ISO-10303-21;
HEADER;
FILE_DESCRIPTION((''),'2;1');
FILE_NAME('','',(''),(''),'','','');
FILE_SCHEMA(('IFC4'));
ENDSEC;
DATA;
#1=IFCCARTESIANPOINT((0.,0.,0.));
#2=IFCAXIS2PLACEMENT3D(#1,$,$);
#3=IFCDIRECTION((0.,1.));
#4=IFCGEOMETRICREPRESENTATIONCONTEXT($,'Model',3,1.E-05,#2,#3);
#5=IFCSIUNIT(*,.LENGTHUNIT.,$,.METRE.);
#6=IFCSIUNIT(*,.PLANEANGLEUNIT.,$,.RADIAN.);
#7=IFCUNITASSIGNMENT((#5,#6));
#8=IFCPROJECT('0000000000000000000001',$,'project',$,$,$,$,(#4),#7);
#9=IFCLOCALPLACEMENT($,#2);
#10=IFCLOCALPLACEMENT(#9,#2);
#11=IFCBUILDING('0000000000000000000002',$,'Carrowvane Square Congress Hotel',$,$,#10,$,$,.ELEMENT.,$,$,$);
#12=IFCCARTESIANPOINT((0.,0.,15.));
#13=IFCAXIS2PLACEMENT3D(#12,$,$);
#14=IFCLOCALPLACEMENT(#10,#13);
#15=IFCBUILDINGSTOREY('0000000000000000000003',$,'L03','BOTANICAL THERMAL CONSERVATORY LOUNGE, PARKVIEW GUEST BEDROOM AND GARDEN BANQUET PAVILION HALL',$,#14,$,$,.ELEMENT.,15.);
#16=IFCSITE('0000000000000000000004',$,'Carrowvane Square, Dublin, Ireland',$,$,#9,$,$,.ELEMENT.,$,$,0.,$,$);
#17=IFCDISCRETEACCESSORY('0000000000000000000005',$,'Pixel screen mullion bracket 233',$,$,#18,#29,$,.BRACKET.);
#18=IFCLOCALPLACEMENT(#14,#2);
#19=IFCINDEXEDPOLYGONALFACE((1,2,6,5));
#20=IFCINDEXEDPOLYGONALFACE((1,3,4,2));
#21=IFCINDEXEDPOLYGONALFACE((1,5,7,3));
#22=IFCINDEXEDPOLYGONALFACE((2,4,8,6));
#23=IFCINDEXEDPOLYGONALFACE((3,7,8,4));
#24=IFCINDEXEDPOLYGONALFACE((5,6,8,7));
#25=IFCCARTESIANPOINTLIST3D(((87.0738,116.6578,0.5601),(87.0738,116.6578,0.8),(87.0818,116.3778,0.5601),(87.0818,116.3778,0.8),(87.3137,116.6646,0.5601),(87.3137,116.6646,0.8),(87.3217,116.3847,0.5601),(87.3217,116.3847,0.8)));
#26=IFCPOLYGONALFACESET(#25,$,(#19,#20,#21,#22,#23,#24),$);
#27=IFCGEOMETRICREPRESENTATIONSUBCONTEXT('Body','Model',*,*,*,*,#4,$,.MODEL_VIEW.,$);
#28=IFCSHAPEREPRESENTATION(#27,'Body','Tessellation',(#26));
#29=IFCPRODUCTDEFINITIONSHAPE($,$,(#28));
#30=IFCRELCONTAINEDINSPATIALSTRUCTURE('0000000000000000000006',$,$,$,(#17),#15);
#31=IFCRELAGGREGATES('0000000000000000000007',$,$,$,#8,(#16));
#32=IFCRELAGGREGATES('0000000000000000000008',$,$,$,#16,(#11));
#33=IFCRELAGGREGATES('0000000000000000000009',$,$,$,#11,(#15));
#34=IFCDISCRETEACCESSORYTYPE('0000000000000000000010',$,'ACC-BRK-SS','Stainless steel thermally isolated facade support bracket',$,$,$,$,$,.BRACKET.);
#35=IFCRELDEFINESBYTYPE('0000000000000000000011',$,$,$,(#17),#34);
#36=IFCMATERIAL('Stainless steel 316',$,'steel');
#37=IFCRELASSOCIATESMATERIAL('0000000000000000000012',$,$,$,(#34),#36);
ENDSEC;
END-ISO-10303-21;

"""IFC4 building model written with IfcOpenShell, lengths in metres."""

from ifc_helpers import new_model, si_unit, direction, frame, origin, origin_2d, place, context, subcontext, project, spatial, rectangle, extrude, material, type_object, element, save


model = new_model("IFC4")

# Units and contexts
model_context = context("Model", 3, precision=1e-05, world=origin(), true_north=direction((0.0, 1.0)))
body_context = subcontext(model_context, "Body", "Model", "MODEL_VIEW")
ifc_project = project(units=[si_unit("LENGTHUNIT", "METRE"), si_unit("PLANEANGLEUNIT", "RADIAN")], contexts=[model_context])

# Site, building, storey
site_placement = place(None, origin())
site = spatial("IfcSite", under=ifc_project, at=site_placement, Name="Carrowvane Square, Dublin, Ireland", CompositionType="ELEMENT", RefElevation=0.0)
building_placement = place(site_placement, origin())
building = spatial("IfcBuilding", under=site, at=building_placement, Name="Carrowvane Square Congress Hotel", CompositionType="ELEMENT")
storey_placement = place(building_placement, frame((0.0, 0.0, 15.0)))
storey = spatial("IfcBuildingStorey", under=building, at=storey_placement, Name="L03", Description="BOTANICAL THERMAL CONSERVATORY LOUNGE, PARKVIEW GUEST BEDROOM AND GARDEN BANQUET PAVILION HALL", CompositionType="ELEMENT", Elevation=15.0)

# Discrete accessory
ifc_material_1 = material(Name="Stainless steel 316", Category="steel")
discrete_accessory_type = type_object("IfcDiscreteAccessoryType", Name="ACC-BRK-SS", Description="Stainless steel thermally isolated facade support bracket", PredefinedType="BRACKET", material=ifc_material_1)
discrete_accessory_placement = place(storey_placement, frame((87.1978, 116.5212, 0.5601), z_axis=(0.0, 0.0, 1.0), x_axis=(0.99959, 0.028639, 0.0)))
element("IfcDiscreteAccessory", 1, at=discrete_accessory_placement, inside=storey, type_object=discrete_accessory_type, Name="Pixel screen mullion bracket 233", PredefinedType="BRACKET", context=body_context, shape_type="SweptSolid", body=[
    extrude(rectangle(XDim=0.24, YDim=0.28, at=origin_2d()), origin(), (0.0, 0.0, 1.0), 0.24),
])

save(model, "model.ifc")
